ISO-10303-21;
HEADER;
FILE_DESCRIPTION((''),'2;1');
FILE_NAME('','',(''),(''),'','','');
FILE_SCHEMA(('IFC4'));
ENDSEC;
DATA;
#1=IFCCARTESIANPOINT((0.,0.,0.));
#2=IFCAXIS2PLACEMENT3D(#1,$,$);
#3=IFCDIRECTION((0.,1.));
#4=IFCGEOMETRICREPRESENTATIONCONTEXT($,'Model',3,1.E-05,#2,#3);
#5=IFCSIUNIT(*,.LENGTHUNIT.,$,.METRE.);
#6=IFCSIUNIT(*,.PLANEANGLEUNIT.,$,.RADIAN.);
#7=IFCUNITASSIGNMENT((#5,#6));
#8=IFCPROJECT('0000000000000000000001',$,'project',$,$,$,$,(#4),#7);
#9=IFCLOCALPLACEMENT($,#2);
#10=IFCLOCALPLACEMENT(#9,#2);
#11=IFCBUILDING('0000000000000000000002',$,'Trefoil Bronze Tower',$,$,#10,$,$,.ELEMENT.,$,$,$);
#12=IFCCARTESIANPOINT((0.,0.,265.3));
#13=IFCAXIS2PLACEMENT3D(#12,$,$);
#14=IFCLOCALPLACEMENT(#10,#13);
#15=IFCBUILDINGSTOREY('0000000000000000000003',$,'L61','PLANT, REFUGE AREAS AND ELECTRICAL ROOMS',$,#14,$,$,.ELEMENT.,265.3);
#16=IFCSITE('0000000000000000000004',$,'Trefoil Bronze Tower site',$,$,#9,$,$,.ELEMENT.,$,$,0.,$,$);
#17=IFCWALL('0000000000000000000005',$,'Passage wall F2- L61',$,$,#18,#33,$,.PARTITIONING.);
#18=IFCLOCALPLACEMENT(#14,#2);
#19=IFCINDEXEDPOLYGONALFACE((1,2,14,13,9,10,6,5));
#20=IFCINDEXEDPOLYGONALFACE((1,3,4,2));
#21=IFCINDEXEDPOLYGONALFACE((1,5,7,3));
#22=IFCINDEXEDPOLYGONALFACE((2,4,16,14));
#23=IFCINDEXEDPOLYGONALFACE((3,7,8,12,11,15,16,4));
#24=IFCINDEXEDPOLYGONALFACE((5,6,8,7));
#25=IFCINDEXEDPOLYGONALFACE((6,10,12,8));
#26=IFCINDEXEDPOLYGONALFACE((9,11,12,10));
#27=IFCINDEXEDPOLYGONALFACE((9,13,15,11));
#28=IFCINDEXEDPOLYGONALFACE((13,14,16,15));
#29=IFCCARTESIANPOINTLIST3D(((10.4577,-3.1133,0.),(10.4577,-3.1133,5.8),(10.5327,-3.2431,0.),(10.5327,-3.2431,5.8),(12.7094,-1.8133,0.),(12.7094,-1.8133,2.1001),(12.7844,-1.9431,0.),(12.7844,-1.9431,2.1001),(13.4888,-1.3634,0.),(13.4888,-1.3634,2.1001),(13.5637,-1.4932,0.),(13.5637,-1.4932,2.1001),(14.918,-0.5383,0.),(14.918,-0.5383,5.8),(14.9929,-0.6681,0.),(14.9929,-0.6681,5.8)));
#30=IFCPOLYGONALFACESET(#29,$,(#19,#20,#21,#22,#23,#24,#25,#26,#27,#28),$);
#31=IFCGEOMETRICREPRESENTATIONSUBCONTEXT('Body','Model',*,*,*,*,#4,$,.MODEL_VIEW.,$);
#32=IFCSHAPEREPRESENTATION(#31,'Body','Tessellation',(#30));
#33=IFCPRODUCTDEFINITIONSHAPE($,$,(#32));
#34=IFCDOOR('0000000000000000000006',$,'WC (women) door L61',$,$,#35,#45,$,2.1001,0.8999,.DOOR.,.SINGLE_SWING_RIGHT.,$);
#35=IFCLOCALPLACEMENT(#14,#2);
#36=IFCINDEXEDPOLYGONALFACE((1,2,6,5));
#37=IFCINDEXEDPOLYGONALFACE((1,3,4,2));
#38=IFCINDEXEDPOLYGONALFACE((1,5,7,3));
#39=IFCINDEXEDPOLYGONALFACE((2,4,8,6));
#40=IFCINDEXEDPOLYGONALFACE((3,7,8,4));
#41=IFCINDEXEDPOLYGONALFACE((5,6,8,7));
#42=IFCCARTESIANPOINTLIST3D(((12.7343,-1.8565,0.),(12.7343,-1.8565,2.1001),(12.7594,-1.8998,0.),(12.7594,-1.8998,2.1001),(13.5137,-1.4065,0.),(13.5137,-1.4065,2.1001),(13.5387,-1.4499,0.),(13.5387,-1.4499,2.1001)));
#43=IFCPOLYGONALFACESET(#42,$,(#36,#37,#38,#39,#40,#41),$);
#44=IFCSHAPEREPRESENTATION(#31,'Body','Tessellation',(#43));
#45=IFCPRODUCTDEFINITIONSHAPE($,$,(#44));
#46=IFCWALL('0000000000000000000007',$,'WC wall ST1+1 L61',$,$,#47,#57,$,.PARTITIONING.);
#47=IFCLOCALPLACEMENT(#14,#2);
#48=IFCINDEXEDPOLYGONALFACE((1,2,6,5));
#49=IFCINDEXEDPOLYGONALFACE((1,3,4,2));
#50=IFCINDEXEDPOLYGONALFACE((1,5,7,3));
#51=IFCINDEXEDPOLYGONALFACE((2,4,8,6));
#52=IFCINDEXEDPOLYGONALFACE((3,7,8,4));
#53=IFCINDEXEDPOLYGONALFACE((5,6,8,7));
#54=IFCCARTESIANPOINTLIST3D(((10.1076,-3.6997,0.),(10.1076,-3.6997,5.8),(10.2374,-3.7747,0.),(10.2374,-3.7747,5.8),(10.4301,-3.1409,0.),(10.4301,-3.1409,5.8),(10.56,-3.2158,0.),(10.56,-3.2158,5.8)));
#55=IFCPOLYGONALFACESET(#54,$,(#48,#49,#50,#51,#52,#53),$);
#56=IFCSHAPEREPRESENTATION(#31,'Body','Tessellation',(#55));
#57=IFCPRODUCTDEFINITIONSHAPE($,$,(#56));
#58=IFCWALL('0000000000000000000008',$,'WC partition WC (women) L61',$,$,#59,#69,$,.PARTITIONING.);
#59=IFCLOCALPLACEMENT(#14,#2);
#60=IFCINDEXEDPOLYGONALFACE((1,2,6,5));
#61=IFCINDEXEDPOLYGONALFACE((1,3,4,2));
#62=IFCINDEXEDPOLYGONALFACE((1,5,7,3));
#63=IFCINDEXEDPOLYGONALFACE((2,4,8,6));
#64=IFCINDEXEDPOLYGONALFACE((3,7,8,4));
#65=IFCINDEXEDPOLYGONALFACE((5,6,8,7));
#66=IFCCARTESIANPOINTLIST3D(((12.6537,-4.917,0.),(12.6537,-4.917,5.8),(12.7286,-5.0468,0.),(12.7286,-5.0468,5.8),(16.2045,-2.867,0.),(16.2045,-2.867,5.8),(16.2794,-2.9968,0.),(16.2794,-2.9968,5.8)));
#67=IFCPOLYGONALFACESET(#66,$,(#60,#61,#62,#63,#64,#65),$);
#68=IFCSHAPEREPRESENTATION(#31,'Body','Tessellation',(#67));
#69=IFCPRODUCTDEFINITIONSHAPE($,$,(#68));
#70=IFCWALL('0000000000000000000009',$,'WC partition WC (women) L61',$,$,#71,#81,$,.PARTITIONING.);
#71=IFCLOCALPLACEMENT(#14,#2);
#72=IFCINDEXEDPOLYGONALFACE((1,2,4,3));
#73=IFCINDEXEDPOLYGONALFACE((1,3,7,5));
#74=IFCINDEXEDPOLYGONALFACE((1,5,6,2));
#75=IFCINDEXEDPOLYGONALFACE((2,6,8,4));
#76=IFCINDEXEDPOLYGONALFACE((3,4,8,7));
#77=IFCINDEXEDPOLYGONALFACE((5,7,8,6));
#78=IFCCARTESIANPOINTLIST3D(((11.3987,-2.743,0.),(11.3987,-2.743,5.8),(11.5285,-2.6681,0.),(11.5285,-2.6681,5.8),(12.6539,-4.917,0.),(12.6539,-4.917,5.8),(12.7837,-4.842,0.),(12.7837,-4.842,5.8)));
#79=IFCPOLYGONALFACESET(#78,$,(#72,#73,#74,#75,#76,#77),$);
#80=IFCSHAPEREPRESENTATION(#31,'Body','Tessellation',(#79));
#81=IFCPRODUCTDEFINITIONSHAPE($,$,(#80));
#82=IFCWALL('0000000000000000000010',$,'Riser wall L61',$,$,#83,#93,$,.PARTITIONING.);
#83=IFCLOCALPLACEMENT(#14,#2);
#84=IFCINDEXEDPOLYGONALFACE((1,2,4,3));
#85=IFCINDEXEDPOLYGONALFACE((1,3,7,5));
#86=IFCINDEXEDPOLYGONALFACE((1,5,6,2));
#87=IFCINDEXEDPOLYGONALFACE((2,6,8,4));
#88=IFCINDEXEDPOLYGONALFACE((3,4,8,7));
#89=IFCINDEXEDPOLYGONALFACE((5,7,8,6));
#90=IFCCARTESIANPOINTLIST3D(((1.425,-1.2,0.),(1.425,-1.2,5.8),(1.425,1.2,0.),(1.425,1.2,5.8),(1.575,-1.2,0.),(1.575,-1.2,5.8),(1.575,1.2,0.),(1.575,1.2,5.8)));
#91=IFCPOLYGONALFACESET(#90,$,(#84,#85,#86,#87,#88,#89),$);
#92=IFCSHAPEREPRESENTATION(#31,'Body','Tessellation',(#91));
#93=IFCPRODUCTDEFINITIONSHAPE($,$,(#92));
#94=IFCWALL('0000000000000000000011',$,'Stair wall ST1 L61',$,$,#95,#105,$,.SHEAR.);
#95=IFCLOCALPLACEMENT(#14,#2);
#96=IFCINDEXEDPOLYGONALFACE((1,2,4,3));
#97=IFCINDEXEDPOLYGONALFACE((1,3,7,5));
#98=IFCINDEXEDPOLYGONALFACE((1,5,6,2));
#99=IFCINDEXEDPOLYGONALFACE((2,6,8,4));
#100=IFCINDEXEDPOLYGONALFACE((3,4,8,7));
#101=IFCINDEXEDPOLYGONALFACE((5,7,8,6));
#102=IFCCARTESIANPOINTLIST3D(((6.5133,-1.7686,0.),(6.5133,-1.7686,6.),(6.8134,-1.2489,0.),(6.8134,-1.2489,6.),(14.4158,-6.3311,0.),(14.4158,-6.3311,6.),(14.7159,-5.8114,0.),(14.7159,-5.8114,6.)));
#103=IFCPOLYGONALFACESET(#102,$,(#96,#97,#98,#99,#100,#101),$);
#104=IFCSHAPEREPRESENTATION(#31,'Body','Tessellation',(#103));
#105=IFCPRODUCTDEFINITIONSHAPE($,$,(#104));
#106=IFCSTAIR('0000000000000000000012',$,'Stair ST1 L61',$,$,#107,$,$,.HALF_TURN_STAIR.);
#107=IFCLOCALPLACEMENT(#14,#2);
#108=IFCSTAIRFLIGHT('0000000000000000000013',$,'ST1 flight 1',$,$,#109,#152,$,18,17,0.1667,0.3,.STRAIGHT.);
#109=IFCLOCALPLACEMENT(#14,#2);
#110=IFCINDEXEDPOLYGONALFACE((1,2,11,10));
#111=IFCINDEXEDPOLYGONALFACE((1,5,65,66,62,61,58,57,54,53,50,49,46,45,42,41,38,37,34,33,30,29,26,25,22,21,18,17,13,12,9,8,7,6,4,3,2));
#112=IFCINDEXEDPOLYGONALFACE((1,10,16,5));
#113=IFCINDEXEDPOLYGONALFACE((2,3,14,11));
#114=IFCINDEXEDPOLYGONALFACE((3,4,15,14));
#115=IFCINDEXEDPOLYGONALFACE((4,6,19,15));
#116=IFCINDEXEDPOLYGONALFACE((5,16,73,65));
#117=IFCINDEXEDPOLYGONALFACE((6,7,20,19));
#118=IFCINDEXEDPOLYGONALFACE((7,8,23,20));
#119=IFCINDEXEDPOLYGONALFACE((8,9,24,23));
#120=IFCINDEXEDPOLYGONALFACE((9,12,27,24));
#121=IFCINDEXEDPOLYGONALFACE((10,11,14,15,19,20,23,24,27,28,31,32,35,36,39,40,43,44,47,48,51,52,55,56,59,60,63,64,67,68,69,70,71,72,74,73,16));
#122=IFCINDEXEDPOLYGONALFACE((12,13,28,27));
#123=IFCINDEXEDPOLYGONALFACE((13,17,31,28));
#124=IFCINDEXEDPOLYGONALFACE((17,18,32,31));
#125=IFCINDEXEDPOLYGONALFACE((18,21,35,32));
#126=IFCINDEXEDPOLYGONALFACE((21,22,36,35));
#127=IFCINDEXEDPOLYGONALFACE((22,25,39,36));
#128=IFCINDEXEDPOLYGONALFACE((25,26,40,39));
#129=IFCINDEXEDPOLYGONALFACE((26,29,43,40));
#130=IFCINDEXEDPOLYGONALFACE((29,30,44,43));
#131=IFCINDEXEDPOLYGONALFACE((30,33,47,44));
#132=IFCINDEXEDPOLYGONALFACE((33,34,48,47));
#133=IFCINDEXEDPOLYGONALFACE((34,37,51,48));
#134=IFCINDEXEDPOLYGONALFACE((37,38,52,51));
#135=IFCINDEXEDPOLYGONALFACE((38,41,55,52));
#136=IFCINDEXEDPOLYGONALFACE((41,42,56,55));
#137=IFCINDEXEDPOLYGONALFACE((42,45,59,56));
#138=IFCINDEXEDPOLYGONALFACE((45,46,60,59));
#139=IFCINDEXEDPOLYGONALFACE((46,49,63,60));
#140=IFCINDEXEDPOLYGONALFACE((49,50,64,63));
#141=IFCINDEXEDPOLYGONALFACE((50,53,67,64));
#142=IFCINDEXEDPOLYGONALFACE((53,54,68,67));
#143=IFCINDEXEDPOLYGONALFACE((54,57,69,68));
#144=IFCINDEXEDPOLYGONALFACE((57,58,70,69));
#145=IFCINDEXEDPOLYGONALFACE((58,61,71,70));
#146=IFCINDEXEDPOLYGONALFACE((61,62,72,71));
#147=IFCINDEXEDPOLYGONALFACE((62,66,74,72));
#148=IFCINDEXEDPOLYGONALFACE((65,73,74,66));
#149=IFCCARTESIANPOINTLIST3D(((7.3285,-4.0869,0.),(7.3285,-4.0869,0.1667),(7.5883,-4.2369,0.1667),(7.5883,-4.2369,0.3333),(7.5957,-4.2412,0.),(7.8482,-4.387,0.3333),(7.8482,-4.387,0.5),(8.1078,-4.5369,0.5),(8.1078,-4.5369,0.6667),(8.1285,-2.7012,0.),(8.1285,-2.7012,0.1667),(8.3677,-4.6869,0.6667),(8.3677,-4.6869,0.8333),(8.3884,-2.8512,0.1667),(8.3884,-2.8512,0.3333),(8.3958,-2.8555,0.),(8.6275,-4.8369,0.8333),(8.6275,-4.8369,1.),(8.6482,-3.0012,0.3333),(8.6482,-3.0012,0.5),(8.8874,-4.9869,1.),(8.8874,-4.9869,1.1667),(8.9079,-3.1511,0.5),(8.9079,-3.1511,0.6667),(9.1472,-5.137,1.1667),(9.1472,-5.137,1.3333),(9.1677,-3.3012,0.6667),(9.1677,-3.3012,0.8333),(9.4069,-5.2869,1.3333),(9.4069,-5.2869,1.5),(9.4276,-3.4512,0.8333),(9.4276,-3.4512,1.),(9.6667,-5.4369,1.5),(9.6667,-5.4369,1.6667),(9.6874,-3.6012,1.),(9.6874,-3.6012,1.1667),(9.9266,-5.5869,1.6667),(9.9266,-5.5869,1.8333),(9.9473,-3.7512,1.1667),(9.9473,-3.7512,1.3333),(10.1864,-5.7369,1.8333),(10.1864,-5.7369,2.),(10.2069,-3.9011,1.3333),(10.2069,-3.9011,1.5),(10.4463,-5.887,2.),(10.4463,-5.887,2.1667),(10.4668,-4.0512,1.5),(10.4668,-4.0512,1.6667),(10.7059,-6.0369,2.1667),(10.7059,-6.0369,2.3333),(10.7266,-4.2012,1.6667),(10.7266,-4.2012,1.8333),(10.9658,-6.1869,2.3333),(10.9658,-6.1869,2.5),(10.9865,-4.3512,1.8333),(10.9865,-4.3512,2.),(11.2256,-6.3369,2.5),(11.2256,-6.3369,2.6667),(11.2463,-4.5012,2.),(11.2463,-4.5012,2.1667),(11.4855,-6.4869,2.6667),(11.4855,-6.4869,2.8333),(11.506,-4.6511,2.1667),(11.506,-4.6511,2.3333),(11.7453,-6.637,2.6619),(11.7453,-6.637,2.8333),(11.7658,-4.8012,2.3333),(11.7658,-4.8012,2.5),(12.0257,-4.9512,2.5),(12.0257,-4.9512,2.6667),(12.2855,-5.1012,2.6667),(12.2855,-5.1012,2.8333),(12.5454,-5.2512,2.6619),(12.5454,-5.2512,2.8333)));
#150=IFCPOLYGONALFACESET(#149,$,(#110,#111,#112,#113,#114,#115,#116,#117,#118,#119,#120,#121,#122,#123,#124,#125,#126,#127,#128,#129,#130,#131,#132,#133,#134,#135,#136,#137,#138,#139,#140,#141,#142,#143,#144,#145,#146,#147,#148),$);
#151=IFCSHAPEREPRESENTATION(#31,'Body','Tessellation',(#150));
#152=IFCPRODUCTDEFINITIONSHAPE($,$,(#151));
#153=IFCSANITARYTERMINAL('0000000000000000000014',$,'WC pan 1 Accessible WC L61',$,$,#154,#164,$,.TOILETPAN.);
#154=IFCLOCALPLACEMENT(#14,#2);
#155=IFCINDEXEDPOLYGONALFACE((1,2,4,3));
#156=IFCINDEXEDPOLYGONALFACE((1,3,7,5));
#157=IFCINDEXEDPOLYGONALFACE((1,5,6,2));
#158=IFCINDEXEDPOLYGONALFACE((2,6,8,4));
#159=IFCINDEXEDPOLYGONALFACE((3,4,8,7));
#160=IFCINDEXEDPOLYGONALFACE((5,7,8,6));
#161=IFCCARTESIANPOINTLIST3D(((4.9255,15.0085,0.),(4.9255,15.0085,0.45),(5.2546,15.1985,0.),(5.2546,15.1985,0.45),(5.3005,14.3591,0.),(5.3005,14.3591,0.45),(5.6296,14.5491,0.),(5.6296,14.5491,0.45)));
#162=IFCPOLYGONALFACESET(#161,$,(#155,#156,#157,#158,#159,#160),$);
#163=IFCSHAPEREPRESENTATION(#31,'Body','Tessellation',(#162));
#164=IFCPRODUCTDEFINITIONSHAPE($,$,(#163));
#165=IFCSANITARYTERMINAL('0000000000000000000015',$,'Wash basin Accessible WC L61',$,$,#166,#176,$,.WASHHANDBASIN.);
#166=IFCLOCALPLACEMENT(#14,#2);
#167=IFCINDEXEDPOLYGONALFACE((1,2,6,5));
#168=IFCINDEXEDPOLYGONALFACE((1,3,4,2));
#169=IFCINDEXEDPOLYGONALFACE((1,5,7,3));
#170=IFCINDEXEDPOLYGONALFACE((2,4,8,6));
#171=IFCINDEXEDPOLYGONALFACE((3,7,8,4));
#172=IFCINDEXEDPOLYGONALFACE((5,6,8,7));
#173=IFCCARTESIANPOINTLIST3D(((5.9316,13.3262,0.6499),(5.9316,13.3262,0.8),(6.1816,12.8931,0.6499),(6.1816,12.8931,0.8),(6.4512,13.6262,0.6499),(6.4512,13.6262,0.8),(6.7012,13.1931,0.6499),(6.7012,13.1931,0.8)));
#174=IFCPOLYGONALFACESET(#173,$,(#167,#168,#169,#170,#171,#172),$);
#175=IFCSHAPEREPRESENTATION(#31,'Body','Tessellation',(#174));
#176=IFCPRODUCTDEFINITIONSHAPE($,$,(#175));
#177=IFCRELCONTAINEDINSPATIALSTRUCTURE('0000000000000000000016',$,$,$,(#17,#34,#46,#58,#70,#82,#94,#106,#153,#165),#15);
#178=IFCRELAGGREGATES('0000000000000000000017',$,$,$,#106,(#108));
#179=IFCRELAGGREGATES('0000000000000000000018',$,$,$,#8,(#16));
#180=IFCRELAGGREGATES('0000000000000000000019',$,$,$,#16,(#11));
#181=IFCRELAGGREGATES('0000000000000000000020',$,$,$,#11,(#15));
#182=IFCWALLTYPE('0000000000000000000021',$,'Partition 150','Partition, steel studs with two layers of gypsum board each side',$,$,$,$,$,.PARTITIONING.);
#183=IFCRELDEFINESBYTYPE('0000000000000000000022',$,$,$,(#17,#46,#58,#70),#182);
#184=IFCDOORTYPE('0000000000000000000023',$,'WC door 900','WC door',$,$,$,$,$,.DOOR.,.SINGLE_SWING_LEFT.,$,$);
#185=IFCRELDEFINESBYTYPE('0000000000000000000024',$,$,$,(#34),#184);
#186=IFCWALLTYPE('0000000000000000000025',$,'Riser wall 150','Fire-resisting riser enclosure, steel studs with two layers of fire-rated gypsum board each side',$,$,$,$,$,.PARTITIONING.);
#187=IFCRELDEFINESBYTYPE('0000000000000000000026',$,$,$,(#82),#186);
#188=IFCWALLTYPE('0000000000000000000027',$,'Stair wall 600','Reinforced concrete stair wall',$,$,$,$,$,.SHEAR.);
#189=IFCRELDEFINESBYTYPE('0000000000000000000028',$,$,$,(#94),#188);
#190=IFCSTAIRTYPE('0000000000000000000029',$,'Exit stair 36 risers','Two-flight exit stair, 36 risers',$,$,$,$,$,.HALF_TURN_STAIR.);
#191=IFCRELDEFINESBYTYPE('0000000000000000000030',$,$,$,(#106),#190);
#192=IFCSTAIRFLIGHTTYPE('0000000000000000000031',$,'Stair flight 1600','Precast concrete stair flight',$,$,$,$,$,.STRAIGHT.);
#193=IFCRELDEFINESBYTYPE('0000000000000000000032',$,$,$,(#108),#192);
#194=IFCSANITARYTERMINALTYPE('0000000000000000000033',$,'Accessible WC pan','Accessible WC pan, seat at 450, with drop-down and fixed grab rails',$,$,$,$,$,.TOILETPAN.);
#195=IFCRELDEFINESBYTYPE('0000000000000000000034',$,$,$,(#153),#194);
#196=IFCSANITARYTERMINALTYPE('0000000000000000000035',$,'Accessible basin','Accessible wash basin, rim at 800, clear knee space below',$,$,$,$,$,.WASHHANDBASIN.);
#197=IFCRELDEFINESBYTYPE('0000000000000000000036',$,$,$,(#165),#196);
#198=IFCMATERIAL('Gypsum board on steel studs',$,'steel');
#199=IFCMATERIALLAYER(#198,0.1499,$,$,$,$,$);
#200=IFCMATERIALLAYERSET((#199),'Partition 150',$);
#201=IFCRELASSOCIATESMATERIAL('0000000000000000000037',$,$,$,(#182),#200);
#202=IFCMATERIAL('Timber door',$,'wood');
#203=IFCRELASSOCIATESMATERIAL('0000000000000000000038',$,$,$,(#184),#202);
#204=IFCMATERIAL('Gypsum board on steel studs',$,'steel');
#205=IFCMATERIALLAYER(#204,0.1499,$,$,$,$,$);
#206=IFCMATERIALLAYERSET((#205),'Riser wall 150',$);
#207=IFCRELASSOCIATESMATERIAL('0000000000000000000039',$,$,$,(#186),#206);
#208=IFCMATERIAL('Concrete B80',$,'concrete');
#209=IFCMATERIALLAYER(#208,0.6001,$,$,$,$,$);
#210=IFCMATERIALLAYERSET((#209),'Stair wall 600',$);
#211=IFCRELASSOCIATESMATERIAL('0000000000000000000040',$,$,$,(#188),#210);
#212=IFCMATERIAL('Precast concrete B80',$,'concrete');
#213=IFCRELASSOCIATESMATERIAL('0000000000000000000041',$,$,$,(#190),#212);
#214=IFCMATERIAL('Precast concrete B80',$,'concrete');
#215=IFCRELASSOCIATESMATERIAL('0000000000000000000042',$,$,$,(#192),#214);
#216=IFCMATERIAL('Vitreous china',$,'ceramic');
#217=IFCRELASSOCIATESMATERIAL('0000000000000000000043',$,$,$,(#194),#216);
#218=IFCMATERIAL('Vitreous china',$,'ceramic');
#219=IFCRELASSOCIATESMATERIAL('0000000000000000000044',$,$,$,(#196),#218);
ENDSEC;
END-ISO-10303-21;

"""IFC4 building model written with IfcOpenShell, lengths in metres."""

from ifc_helpers import new_model, si_unit, direction, frame, frame_2d, origin, place, context, subcontext, project, spatial, polyline, rectangle, outline, extrude, material, layer, layer_set, type_object, element, fill, aggregate, save


model = new_model("IFC4")

# Units and contexts
model_context = context("Model", 3, precision=1e-05, world=origin(), true_north=direction((0.0, 1.0)))
body_context = subcontext(model_context, "Body", "Model", "MODEL_VIEW")
ifc_project = project(units=[si_unit("LENGTHUNIT", "METRE"), si_unit("PLANEANGLEUNIT", "RADIAN")], contexts=[model_context])

# Site, building, storey
site_placement = place(None, origin())
site = spatial("IfcSite", under=ifc_project, at=site_placement, Name="Trefoil Bronze Tower site", CompositionType="ELEMENT", RefElevation=0.0)
building_placement = place(site_placement, origin())
building = spatial("IfcBuilding", under=site, at=building_placement, Name="Trefoil Bronze Tower", CompositionType="ELEMENT")
storey_placement = place(building_placement, frame((0.0, 0.0, 265.3)))
storey = spatial("IfcBuildingStorey", under=building, at=storey_placement, Name="L61", Description="PLANT, REFUGE AREAS AND ELECTRICAL ROOMS", CompositionType="ELEMENT", Elevation=265.3)

# Wall, opening, door
ifc_material_1 = material(Name="Gypsum board on steel studs", Category="steel")
ifc_layer_1 = layer(ifc_material_1, 0.1499)
ifc_layer_set_1 = layer_set([ifc_layer_1], Name="Partition 150")
wall_type_1 = type_object("IfcWallType", Name="Partition 150", Description="Partition, steel studs with two layers of gypsum board each side", PredefinedType="PARTITIONING", material=ifc_layer_set_1)
wall_1_placement = place(storey_placement, frame((10.4951, -3.1782, 0.0), z_axis=(0.0, 0.0, 1.0), x_axis=(0.866038, 0.499978, 0.0)))
wall_1 = element("IfcWall", 1, at=wall_1_placement, inside=storey, type_object=wall_type_1, Name="Passage wall F2- L61", PredefinedType="PARTITIONING", context=body_context, shape_type="SweptSolid", body=[
    extrude(rectangle(XDim=5.1501, YDim=0.1499, at=frame_2d((2.5752, 0.0))), origin(), (0.0, 0.0, 1.0), 5.8),
])
opening_placement = place(wall_1_placement, frame((2.6001, 0.0, 0.0)))
opening = element("IfcOpeningElement", 2, at=opening_placement, cuts=wall_1, PredefinedType="OPENING", context=body_context, shape_type="SweptSolid", body=[
    extrude(rectangle(XDim=0.8999, YDim=2.1001, at=frame_2d((0.45, 1.05))), frame((0.0, 0.085, 0.0), z_axis=(0.0, -1.0, 0.0), x_axis=(1.0, 0.0, 0.0)), (0.0, 0.0, 1.0), 0.1699),
])
ifc_material_2 = material(Name="Timber door", Category="wood")
door_type = type_object("IfcDoorType", Name="WC door 900", Description="WC door", OperationType="SINGLE_SWING_LEFT", PredefinedType="DOOR", material=ifc_material_2)
door_placement = place(opening_placement, frame((0.8999, 0.0, 0.0), z_axis=(0.0, 0.0, 1.0), x_axis=(-1.0, 0.0, 0.0)))
door = element("IfcDoor", 3, at=door_placement, inside=storey, type_object=door_type, Name="WC (women) door L61", OperationType="SINGLE_SWING_RIGHT", OverallHeight=2.1001, OverallWidth=0.8999, PredefinedType="DOOR", context=body_context, shape_type="SweptSolid", body=[
    extrude(rectangle(XDim=0.8999, YDim=2.1001, at=frame_2d((0.45, 1.05))), frame((0.0, 0.0249, 0.0), z_axis=(0.0, -1.0, 0.0), x_axis=(1.0, 0.0, 0.0)), (0.0, 0.0, 1.0), 0.05),
])
fill(opening, door)

# Walls
wall_2_placement = place(storey_placement, frame((10.4951, -3.1782, 0.0), z_axis=(0.0, 0.0, 1.0), x_axis=(-0.499843, -0.866116, 0.0)))
element("IfcWall", 4, at=wall_2_placement, inside=storey, type_object=wall_type_1, Name="WC wall ST1+1 L61", PredefinedType="PARTITIONING", context=body_context, shape_type="SweptSolid", body=[
    extrude(rectangle(XDim=0.6453, YDim=0.1499, at=frame_2d((0.3228, 0.0))), origin(), (0.0, 0.0, 1.0), 5.8),
])
wall_3_placement = place(storey_placement, frame((12.6912, -4.9819, 0.0), z_axis=(0.0, 0.0, 1.0), x_axis=(0.866025, 0.500001, 0.0)))
element("IfcWall", 5, at=wall_3_placement, inside=storey, type_object=wall_type_1, Name="WC partition WC (women) L61", PredefinedType="PARTITIONING", context=body_context, shape_type="SweptSolid", body=[
    extrude(rectangle(XDim=4.1001, YDim=0.1499, at=frame_2d((2.05, 0.0))), origin(), (0.0, 0.0, 1.0), 5.8),
])
wall_4_placement = place(storey_placement, frame((11.4636, -2.7056, 0.0), z_axis=(0.0, 0.0, 1.0), x_axis=(0.50002, -0.866014, 0.0)))
element("IfcWall", 6, at=wall_4_placement, inside=storey, type_object=wall_type_1, Name="WC partition WC (women) L61", PredefinedType="PARTITIONING", context=body_context, shape_type="SweptSolid", body=[
    extrude(rectangle(XDim=2.5103, YDim=0.1499, at=frame_2d((1.2551, 0.0))), origin(), (0.0, 0.0, 1.0), 5.8),
])
ifc_material_3 = material(Name="Gypsum board on steel studs", Category="steel")
ifc_layer_2 = layer(ifc_material_3, 0.1499)
ifc_layer_set_2 = layer_set([ifc_layer_2], Name="Riser wall 150")
wall_type_2 = type_object("IfcWallType", Name="Riser wall 150", Description="Fire-resisting riser enclosure, steel studs with two layers of fire-rated gypsum board each side", PredefinedType="PARTITIONING", material=ifc_layer_set_2)
wall_5_placement = place(storey_placement, frame((1.5, -1.2, 0.0), z_axis=(0.0, 0.0, 1.0), x_axis=(0.0, 1.0, 0.0)))
element("IfcWall", 7, at=wall_5_placement, inside=storey, type_object=wall_type_2, Name="Riser wall L61", PredefinedType="PARTITIONING", context=body_context, shape_type="SweptSolid", body=[
    extrude(rectangle(XDim=2.3999, YDim=0.1499, at=frame_2d((1.2, 0.0))), origin(), (0.0, 0.0, 1.0), 5.8),
])
ifc_material_4 = material(Name="Concrete B80", Category="concrete")
ifc_layer_3 = layer(ifc_material_4, 0.6001)
ifc_layer_set_3 = layer_set([ifc_layer_3], Name="Stair wall 600")
wall_type_3 = type_object("IfcWallType", Name="Stair wall 600", Description="Reinforced concrete stair wall", PredefinedType="SHEAR", material=ifc_layer_set_3)
wall_6_placement = place(storey_placement, frame((6.6633, -1.5088, 0.0), z_axis=(0.0, 0.0, 1.0), x_axis=(0.866028, -0.499995, 0.0)))
element("IfcWall", 8, at=wall_6_placement, inside=storey, type_object=wall_type_3, Name="Stair wall ST1 L61", PredefinedType="SHEAR", context=body_context, shape_type="SweptSolid", body=[
    extrude(rectangle(XDim=9.125, YDim=0.6001, at=frame_2d((4.5625, 0.0))), origin(), (0.0, 0.0, 1.0), 6.0),
])

# Stair, stair flight
ifc_material_5 = material(Name="Precast concrete B80", Category="concrete")
stair_type = type_object("IfcStairType", Name="Exit stair 36 risers", Description="Two-flight exit stair, 36 risers", PredefinedType="HALF_TURN_STAIR", material=ifc_material_5)
stair_placement = place(storey_placement, origin())
stair = element("IfcStair", 9, at=stair_placement, inside=storey, type_object=stair_type, Name="Stair ST1 L61", PredefinedType="HALF_TURN_STAIR")
ifc_material_6 = material(Name="Precast concrete B80", Category="concrete")
stair_flight_type = type_object("IfcStairFlightType", Name="Stair flight 1600", Description="Precast concrete stair flight", PredefinedType="STRAIGHT", material=ifc_material_6)
stair_flight_placement = place(storey_placement, frame((7.7285, -3.394, 0.0), z_axis=(0.0, 0.0, 1.0), x_axis=(0.866025, -0.5, 0.0)))
stair_flight = element("IfcStairFlight", 10, at=stair_flight_placement, type_object=stair_flight_type, Name="ST1 flight 1", NumberOfRisers=18, NumberOfTreads=17, PredefinedType="STRAIGHT", RiserHeight=0.1667, TreadLength=0.3, context=body_context, shape_type="SweptSolid", body=[
    extrude(outline(polyline([(0.0, 0.0), (0.0, 0.1667), (0.3, 0.1667), (0.3, 0.3333), (0.6001, 0.3333), (0.6001, 0.5), (0.8999, 0.5), (0.8999, 0.6667), (1.2, 0.6667), (1.2, 0.8333), (1.5, 0.8333), (1.5, 1.0), (1.8, 1.0), (1.8, 1.1667), (2.1001, 1.1667), (2.1001, 1.3333), (2.3999, 1.3333), (2.3999, 1.5), (2.7, 1.5), (2.7, 1.6667), (3.0, 1.6667), (3.0, 1.8333), (3.3, 1.8333), (3.3, 2.0), (3.6001, 2.0), (3.6001, 2.1667), (3.8999, 2.1667), (3.8999, 2.3333), (4.2, 2.3333), (4.2, 2.5), (4.5, 2.5), (4.5, 2.6667), (4.8, 2.6667), (4.8, 2.8333), (5.1001, 2.8333), (5.1001, 3.0), (5.1001, 2.6619), (0.3086, 0.0), (0.0, 0.0)])), frame((0.0, 0.8, 0.0), z_axis=(0.0, -1.0, 0.0), x_axis=(1.0, 0.0, 0.0)), (0.0, 0.0, 1.0), 1.6001),
])
aggregate(stair, [stair_flight])

# Sanitary terminals
ifc_material_7 = material(Name="Vitreous china", Category="ceramic")
sanitary_terminal_type_1 = type_object("IfcSanitaryTerminalType", Name="Accessible WC pan", Description="Accessible WC pan, seat at 450, with drop-down and fixed grab rails", PredefinedType="TOILETPAN", material=ifc_material_7)
sanitary_terminal_1_placement = place(storey_placement, origin())
element("IfcSanitaryTerminal", 11, at=sanitary_terminal_1_placement, inside=storey, type_object=sanitary_terminal_type_1, Name="WC pan 1 Accessible WC L61", PredefinedType="TOILETPAN", context=body_context, shape_type="SweptSolid", body=[
    extrude(outline(polyline([(5.3005, 14.3591), (4.9255, 15.0085), (5.2546, 15.1985), (5.6296, 14.5491), (5.3005, 14.3591)])), origin(), (0.0, 0.0, 1.0), 0.45),
])
ifc_material_8 = material(Name="Vitreous china", Category="ceramic")
sanitary_terminal_type_2 = type_object("IfcSanitaryTerminalType", Name="Accessible basin", Description="Accessible wash basin, rim at 800, clear knee space below", PredefinedType="WASHHANDBASIN", material=ifc_material_8)
sanitary_terminal_2_placement = place(storey_placement, frame((0.0, 0.0, 0.6499)))
element("IfcSanitaryTerminal", 12, at=sanitary_terminal_2_placement, inside=storey, type_object=sanitary_terminal_type_2, Name="Wash basin Accessible WC L61", PredefinedType="WASHHANDBASIN", context=body_context, shape_type="SweptSolid", body=[
    extrude(outline(polyline([(6.1816, 12.8931), (5.9316, 13.3262), (6.4512, 13.6262), (6.7012, 13.1931), (6.1816, 12.8931)])), origin(), (0.0, 0.0, 1.0), 0.1501),
])

save(model, "model.ifc")
